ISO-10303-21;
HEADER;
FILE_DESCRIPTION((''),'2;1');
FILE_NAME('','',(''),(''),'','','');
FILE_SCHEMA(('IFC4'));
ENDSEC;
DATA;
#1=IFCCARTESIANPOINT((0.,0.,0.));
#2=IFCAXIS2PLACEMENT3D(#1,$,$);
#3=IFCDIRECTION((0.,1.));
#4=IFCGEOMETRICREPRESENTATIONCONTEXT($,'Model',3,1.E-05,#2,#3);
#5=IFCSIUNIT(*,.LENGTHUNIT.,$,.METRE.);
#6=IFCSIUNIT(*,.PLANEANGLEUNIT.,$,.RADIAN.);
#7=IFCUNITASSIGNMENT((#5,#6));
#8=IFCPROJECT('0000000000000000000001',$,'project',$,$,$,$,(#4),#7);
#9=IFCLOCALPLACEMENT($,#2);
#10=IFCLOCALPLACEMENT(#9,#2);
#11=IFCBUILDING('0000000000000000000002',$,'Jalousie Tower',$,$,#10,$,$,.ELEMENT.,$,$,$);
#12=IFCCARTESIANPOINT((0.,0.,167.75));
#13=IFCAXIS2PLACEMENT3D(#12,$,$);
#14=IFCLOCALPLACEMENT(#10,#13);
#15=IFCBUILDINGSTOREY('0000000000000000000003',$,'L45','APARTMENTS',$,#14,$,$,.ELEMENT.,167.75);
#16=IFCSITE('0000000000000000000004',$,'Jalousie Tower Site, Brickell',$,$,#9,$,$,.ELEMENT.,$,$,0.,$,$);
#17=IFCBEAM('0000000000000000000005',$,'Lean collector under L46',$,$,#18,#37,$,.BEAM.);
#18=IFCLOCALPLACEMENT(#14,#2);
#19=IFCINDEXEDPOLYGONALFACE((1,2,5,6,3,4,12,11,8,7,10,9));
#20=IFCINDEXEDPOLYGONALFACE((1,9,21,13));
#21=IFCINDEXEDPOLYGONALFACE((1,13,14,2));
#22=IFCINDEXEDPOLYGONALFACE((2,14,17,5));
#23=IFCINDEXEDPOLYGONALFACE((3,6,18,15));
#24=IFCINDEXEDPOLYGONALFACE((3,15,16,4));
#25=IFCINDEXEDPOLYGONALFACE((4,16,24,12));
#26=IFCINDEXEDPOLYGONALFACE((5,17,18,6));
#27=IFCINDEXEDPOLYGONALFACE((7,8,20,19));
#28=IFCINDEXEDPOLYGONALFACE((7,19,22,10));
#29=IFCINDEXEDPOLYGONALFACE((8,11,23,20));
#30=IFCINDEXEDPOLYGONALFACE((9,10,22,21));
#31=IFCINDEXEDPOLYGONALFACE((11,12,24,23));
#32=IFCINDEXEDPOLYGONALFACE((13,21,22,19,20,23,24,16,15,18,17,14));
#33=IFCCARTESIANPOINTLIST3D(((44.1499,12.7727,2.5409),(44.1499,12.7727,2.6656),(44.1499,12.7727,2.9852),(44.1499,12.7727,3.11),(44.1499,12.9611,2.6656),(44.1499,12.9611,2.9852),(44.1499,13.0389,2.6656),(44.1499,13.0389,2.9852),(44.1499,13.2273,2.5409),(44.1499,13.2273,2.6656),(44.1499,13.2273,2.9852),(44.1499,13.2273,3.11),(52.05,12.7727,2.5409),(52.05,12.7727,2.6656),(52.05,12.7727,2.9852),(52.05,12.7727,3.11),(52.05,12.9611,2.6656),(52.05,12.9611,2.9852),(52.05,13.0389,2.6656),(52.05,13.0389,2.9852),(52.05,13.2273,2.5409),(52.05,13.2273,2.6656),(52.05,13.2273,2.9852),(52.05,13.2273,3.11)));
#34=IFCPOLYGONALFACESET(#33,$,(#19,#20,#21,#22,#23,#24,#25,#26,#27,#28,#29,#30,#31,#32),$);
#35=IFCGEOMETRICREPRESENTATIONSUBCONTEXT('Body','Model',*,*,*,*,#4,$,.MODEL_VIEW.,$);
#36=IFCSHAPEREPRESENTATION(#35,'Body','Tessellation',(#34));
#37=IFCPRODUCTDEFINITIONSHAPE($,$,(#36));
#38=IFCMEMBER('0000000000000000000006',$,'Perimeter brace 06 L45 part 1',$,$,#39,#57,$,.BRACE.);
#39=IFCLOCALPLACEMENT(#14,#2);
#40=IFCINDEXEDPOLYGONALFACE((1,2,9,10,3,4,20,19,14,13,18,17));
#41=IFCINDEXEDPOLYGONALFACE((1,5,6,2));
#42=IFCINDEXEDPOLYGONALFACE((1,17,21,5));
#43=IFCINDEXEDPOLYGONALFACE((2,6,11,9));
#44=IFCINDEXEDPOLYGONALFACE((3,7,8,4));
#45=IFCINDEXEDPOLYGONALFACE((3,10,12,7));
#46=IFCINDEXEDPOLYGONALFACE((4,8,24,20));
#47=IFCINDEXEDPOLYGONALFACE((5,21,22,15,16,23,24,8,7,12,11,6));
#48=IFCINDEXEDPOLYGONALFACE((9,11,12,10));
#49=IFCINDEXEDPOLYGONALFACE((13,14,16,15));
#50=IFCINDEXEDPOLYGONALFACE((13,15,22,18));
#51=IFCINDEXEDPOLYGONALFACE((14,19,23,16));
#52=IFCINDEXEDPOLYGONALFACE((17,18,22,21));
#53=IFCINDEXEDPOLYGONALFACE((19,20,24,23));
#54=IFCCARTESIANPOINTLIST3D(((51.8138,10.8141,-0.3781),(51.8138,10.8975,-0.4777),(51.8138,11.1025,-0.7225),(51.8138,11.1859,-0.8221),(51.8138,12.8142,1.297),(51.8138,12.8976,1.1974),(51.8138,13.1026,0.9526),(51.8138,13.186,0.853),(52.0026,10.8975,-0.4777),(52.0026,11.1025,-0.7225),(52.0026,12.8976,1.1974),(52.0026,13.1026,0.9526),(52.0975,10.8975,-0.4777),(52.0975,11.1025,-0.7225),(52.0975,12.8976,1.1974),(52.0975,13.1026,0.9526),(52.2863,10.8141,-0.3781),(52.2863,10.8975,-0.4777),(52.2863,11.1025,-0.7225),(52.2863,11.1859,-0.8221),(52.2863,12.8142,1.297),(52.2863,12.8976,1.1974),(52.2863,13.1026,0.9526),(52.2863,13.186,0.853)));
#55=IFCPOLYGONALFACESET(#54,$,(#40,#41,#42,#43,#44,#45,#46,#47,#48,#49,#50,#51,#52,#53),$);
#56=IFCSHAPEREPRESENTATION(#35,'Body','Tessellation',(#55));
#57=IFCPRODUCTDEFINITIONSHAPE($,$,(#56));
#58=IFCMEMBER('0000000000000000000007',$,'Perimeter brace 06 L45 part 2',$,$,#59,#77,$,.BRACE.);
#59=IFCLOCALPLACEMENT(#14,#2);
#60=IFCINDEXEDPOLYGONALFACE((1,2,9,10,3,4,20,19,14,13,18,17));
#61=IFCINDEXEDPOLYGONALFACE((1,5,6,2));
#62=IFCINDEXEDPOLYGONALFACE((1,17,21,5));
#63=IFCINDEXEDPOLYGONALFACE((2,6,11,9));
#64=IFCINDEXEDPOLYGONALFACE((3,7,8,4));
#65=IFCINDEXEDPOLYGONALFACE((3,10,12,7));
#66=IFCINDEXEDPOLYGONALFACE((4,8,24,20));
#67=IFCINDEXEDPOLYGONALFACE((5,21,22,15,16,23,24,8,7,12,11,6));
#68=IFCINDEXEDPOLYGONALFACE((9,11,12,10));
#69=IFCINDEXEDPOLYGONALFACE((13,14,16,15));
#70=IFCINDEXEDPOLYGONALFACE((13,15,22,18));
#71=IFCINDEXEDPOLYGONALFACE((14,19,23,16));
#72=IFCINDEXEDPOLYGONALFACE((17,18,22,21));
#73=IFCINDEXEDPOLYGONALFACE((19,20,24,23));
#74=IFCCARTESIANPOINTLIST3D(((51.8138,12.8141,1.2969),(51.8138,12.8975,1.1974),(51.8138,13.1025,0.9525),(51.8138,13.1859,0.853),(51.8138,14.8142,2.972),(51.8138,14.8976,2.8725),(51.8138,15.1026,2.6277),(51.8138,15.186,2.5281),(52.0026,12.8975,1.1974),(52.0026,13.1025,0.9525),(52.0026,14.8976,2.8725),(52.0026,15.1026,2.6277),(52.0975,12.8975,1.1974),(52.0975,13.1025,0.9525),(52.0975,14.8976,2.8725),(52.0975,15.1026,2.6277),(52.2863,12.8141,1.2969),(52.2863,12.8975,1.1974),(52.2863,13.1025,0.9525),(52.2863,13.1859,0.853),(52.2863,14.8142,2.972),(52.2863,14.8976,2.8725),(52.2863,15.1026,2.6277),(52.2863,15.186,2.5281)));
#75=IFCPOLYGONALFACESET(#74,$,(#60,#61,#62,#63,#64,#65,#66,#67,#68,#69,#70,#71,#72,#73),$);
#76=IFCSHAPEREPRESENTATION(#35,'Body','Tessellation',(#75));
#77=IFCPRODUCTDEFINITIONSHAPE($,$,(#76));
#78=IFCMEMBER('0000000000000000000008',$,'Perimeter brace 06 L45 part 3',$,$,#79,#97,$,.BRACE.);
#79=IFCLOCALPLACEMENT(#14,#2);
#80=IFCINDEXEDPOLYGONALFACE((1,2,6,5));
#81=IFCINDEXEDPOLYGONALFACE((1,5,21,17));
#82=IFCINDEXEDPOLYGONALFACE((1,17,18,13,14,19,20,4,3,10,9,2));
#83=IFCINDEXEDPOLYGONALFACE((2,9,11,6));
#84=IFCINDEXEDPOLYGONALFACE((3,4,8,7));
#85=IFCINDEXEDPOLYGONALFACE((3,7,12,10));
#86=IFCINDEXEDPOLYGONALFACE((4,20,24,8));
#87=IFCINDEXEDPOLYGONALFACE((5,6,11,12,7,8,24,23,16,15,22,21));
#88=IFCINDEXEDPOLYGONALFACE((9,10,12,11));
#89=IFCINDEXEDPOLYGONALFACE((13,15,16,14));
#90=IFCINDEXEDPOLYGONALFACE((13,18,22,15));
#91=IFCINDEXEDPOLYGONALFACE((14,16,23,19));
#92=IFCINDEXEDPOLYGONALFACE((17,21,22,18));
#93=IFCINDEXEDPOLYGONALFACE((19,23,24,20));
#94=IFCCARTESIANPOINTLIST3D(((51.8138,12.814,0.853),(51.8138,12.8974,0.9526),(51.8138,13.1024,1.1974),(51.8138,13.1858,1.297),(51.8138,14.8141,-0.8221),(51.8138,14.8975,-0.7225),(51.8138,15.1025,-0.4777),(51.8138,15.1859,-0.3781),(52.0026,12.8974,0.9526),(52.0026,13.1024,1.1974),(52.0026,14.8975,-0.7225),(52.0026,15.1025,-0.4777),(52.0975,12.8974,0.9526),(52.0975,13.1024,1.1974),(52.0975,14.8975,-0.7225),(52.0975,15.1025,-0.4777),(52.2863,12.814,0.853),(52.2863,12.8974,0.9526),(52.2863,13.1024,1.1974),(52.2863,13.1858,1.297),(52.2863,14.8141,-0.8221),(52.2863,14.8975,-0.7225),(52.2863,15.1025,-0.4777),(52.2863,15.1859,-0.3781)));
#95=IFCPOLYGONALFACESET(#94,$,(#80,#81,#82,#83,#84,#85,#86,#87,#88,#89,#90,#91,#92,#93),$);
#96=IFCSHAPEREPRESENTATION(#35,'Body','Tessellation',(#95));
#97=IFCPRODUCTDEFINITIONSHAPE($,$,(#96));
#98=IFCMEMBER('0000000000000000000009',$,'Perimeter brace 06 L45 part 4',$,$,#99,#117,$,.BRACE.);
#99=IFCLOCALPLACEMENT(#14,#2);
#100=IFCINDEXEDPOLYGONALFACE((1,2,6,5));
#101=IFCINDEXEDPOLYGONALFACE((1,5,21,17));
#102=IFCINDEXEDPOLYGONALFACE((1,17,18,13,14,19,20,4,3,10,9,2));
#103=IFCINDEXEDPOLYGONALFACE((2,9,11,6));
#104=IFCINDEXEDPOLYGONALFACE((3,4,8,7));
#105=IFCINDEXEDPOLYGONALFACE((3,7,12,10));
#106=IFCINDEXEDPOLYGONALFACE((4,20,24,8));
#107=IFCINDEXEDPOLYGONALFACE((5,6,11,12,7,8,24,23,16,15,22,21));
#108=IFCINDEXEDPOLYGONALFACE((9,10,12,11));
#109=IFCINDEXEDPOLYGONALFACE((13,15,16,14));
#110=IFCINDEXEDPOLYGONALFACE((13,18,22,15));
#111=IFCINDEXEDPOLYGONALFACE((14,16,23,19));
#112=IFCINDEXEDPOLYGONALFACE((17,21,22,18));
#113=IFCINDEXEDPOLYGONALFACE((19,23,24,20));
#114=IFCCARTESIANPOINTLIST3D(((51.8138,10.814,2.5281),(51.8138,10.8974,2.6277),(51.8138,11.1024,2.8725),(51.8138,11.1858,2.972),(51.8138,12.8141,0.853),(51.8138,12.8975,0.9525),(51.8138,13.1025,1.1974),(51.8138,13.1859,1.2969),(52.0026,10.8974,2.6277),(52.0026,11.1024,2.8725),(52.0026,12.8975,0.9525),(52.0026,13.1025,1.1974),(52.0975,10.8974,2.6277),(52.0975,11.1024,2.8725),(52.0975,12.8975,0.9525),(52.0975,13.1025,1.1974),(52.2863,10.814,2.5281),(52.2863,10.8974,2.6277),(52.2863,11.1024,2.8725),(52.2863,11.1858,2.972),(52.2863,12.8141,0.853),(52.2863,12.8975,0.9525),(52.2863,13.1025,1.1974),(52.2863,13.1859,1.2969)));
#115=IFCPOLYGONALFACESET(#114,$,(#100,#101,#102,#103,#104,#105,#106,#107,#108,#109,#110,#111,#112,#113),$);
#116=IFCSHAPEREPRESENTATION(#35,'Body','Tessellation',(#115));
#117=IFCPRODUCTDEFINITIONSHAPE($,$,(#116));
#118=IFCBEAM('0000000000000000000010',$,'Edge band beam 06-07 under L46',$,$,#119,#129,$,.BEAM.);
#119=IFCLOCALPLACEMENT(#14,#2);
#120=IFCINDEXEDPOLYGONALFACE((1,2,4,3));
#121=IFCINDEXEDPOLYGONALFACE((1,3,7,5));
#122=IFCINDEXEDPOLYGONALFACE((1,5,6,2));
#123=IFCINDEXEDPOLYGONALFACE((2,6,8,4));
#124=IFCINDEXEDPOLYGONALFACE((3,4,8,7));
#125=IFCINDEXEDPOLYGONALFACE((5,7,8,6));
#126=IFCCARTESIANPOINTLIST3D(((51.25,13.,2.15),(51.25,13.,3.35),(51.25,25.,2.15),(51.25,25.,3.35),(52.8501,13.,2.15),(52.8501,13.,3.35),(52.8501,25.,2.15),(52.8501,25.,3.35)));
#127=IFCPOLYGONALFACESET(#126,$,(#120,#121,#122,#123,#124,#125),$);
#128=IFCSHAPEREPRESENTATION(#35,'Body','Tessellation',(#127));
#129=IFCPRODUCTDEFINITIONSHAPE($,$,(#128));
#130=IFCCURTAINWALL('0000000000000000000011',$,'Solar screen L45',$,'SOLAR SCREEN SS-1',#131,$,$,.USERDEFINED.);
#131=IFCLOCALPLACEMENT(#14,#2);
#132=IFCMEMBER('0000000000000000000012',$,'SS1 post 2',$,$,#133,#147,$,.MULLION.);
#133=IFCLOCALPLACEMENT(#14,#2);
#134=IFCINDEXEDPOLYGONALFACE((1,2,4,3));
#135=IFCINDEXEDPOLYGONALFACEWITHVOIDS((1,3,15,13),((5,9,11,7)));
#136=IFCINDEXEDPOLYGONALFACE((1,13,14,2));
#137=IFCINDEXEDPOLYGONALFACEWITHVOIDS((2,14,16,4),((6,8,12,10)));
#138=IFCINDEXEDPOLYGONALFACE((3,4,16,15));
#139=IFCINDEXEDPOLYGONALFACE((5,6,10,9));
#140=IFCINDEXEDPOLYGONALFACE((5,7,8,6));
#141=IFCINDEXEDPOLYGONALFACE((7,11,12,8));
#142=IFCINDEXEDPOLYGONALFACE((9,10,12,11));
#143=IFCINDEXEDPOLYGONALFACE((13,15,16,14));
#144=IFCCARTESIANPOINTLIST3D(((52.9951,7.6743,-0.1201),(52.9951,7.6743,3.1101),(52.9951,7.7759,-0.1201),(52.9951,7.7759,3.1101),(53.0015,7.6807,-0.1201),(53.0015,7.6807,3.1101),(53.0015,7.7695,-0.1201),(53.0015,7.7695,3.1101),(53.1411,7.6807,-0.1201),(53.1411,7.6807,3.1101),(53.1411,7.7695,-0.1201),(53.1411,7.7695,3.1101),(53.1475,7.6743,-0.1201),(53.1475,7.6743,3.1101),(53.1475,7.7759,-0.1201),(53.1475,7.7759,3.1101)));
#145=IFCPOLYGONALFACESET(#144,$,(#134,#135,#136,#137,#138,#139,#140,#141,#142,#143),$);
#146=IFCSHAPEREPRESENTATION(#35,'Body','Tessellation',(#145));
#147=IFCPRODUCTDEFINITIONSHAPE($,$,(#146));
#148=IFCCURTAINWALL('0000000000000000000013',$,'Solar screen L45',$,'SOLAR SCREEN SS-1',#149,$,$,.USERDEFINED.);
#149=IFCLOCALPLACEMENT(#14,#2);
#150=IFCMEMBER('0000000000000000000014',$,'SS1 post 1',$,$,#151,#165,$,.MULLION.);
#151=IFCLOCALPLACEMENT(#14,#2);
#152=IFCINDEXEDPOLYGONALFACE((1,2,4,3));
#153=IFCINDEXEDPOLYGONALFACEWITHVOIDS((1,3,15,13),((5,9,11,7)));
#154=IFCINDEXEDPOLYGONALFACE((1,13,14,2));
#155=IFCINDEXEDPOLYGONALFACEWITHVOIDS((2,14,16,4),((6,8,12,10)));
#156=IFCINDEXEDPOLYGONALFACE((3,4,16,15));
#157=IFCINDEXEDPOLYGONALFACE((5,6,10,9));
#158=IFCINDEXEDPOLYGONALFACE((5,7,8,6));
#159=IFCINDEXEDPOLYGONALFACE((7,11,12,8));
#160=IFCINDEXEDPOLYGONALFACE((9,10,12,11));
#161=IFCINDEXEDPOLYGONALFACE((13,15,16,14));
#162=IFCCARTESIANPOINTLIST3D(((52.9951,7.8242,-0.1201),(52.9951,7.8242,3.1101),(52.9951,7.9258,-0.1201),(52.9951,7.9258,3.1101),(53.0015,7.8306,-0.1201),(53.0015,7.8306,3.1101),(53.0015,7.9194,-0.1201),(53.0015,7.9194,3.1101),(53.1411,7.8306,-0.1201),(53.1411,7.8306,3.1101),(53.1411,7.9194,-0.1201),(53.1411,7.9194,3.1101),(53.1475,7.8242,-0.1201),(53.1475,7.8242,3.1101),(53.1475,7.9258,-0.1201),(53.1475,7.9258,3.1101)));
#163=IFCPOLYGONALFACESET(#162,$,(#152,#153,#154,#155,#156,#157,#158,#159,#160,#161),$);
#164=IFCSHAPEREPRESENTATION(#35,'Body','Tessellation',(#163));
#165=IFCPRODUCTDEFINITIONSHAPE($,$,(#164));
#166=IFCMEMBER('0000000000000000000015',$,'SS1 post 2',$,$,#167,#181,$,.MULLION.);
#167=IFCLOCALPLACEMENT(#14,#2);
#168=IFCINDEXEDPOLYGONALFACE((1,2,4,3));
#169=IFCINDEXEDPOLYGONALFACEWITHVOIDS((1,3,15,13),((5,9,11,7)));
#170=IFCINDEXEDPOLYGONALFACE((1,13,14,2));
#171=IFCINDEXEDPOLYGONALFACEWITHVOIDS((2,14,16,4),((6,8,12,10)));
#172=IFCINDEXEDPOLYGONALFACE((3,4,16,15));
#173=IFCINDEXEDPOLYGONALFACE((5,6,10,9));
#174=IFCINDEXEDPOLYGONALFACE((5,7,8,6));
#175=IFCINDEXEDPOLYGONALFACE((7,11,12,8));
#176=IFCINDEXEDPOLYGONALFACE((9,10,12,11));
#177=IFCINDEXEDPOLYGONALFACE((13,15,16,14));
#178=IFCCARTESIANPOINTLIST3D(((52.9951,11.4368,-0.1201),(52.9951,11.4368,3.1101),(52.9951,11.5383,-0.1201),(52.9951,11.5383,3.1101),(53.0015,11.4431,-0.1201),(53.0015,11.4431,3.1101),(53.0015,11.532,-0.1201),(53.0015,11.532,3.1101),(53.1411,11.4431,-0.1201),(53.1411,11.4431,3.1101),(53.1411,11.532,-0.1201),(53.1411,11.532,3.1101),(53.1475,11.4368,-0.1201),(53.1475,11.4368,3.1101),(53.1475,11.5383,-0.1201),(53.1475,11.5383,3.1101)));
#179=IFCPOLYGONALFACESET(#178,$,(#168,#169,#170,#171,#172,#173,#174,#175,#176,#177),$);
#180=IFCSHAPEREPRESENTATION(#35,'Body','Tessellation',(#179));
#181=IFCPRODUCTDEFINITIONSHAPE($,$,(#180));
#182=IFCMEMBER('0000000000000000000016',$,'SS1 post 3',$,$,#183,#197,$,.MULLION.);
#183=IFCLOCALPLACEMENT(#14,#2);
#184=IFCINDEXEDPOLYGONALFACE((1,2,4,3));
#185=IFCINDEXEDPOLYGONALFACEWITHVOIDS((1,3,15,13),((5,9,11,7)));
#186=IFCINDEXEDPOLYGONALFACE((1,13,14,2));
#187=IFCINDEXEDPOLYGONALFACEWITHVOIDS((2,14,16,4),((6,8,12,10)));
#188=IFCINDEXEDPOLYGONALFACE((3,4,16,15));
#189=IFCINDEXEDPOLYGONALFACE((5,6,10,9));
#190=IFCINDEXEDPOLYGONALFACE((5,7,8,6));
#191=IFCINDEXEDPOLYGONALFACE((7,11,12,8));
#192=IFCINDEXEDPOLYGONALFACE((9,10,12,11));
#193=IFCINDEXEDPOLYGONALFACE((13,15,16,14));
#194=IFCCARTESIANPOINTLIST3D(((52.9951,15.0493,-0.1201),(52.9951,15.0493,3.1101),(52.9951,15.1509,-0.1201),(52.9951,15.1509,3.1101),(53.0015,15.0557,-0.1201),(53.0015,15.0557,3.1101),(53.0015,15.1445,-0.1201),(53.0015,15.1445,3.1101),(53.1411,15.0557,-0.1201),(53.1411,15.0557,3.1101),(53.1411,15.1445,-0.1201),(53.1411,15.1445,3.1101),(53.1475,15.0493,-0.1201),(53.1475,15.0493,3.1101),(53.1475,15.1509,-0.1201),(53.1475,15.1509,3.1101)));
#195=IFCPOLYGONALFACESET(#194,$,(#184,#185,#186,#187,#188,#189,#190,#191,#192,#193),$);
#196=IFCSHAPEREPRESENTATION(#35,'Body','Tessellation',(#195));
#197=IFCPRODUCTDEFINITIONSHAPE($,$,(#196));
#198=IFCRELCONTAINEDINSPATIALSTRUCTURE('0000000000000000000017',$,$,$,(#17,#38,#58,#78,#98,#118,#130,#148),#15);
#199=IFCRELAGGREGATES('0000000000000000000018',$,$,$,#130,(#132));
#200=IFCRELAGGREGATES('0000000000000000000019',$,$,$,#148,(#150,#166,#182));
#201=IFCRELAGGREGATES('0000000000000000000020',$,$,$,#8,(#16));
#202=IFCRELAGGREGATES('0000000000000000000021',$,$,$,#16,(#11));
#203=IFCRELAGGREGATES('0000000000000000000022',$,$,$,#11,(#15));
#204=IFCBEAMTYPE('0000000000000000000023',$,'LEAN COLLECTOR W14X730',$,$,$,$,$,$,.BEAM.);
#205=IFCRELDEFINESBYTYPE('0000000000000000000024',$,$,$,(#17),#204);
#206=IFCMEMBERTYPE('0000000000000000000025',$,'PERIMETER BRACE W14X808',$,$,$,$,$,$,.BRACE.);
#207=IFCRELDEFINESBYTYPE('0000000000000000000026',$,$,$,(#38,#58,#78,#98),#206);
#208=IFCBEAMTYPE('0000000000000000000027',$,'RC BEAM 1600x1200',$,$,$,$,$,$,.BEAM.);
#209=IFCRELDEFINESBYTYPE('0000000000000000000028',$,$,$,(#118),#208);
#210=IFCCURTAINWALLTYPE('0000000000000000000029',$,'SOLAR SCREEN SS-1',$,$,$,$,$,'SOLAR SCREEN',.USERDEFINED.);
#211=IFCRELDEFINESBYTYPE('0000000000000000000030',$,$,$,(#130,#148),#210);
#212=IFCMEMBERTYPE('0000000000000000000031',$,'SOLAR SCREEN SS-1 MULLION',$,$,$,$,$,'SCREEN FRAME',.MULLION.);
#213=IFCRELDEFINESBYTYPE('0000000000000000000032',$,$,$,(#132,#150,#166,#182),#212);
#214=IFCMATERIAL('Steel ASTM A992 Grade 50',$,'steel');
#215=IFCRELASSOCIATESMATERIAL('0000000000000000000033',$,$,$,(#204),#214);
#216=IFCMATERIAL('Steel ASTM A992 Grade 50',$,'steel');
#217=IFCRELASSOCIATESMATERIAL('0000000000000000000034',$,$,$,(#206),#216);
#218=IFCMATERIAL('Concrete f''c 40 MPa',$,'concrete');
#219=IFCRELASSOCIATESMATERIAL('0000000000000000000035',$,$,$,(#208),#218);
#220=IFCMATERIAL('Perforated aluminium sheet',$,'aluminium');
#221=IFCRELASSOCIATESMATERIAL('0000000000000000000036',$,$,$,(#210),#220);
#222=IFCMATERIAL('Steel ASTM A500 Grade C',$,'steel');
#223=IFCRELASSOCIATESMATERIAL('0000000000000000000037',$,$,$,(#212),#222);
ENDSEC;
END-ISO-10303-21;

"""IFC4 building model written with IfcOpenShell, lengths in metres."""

from ifc_helpers import new_model, si_unit, direction, frame, origin, origin_2d, place, context, subcontext, project, spatial, rectangle, hollow_rectangle, i_section, extrude, material, material_profile, profile_set, type_object, element, aggregate, save


model = new_model("IFC4")

# Units and contexts
model_context = context("Model", 3, precision=1e-05, world=origin(), true_north=direction((0.0, 1.0)))
body_context = subcontext(model_context, "Body", "Model", "MODEL_VIEW")
ifc_project = project(units=[si_unit("LENGTHUNIT", "METRE"), si_unit("PLANEANGLEUNIT", "RADIAN")], contexts=[model_context])

# Site, building, storey
site_placement = place(None, origin())
site = spatial("IfcSite", under=ifc_project, at=site_placement, Name="Jalousie Tower Site, Brickell", CompositionType="ELEMENT", RefElevation=0.0)
building_placement = place(site_placement, origin())
building = spatial("IfcBuilding", under=site, at=building_placement, Name="Jalousie Tower", CompositionType="ELEMENT")
storey_placement = place(building_placement, frame((0.0, 0.0, 167.75)))
storey = spatial("IfcBuildingStorey", under=building, at=storey_placement, Name="L45", Description="APARTMENTS", CompositionType="ELEMENT", Elevation=167.75)

# Beam
ifc_material_1 = material(Name="Steel ASTM A992 Grade 50", Category="steel")
ifc_material_profile_1 = material_profile(ifc_material_1, i_section(OverallWidth=0.4546, OverallDepth=0.5691, WebThickness=0.0779, FlangeThickness=0.1248, at=origin_2d()), Name="W14X730")
ifc_profile_set_1 = profile_set([ifc_material_profile_1], Name="Steel ASTM A992 Grade 50")
beam_type_1 = type_object("IfcBeamType", Name="LEAN COLLECTOR W14X730", PredefinedType="BEAM", material=ifc_profile_set_1)
beam_1_placement = place(storey_placement, frame((52.05, 13.0, 2.8254), z_axis=(-1.0, 0.0, 0.0), x_axis=(0.0, -1.0, 0.0)))
element("IfcBeam", 1, at=beam_1_placement, inside=storey, type_object=beam_type_1, Name="Lean collector under L46", PredefinedType="BEAM", context=body_context, shape_type="SweptSolid", body=[
    extrude(i_section(OverallWidth=0.4546, OverallDepth=0.5691, WebThickness=0.0779, FlangeThickness=0.1248, at=origin_2d()), origin(), (0.0, 0.0, 1.0), 7.9001),
])

# Members
ifc_material_2 = material(Name="Steel ASTM A992 Grade 50", Category="steel")
ifc_material_profile_2 = material_profile(ifc_material_2, i_section(OverallWidth=0.4724, OverallDepth=0.5791, WebThickness=0.095, FlangeThickness=0.1299, at=origin_2d()), Name="W14X808")
ifc_profile_set_2 = profile_set([ifc_material_profile_2], Name="Steel ASTM A992 Grade 50")
member_type_1 = type_object("IfcMemberType", Name="PERIMETER BRACE W14X808", PredefinedType="BRACE", material=ifc_profile_set_2)
for number, where, z_axis, x_axis, name in (
    (2, (52.05, 11.0, -0.6001), (0.0, 0.766639, 0.642079), (-1.0, 0.0, 0.0), "Perimeter brace 06 L45 part 1"),
    (3, (52.05, 13.0, 1.075), (0.0, 0.766639, 0.642079), (-1.0, 0.0, 0.0), "Perimeter brace 06 L45 part 2"),
    (4, (52.05, 15.0, -0.6001), (0.0, -0.766639, 0.642079), (1.0, 0.0, 0.0), "Perimeter brace 06 L45 part 3"),
    (5, (52.05, 13.0, 1.075), (0.0, -0.766639, 0.642079), (1.0, 0.0, 0.0), "Perimeter brace 06 L45 part 4"),
):
    element("IfcMember", number, at=place(storey_placement, frame(where, z_axis=z_axis, x_axis=x_axis)), inside=storey, type_object=member_type_1, Name=name, PredefinedType="BRACE", context=body_context, shape_type="SweptSolid", body=[
        extrude(i_section(OverallWidth=0.4724, OverallDepth=0.5791, WebThickness=0.095, FlangeThickness=0.1299, at=origin_2d()), origin(), (0.0, 0.0, 1.0), 2.6089),
    ])

# Beam
ifc_material_3 = material(Name="Concrete f'c 40 MPa", Category="concrete")
ifc_material_profile_3 = material_profile(ifc_material_3, rectangle(XDim=1.6001, YDim=1.2, at=origin_2d()), Name="RC 1600x1200")
ifc_profile_set_3 = profile_set([ifc_material_profile_3], Name="Concrete f'c 40 MPa")
beam_type_2 = type_object("IfcBeamType", Name="RC BEAM 1600x1200", PredefinedType="BEAM", material=ifc_profile_set_3)
beam_2_placement = place(storey_placement, frame((52.05, 13.0, 2.75), z_axis=(0.0, 1.0, 0.0), x_axis=(-1.0, 0.0, 0.0)))
element("IfcBeam", 6, at=beam_2_placement, inside=storey, type_object=beam_type_2, Name="Edge band beam 06-07 under L46", PredefinedType="BEAM", context=body_context, shape_type="SweptSolid", body=[
    extrude(rectangle(XDim=1.6001, YDim=1.2, at=origin_2d()), origin(), (0.0, 0.0, 1.0), 12.0),
])

# Curtain wall, member
ifc_material_4 = material(Name="Perforated aluminium sheet", Category="aluminium")
curtain_wall_type = type_object("IfcCurtainWallType", Name="SOLAR SCREEN SS-1", ElementType="SOLAR SCREEN", PredefinedType="USERDEFINED", material=ifc_material_4)
curtain_wall_1_placement = place(storey_placement, origin())
curtain_wall_1 = element("IfcCurtainWall", 7, at=curtain_wall_1_placement, inside=storey, type_object=curtain_wall_type, Name="Solar screen L45", ObjectType="SOLAR SCREEN SS-1", PredefinedType="USERDEFINED")
ifc_material_5 = material(Name="Steel ASTM A500 Grade C", Category="steel")
ifc_material_profile_4 = material_profile(ifc_material_5, hollow_rectangle(XDim=0.1016, YDim=0.1523, WallThickness=0.0063, at=origin_2d()), Name="HSS6X4X1/4")
ifc_profile_set_4 = profile_set([ifc_material_profile_4], Name="Steel ASTM A500 Grade C")
member_type_2 = type_object("IfcMemberType", Name="SOLAR SCREEN SS-1 MULLION", ElementType="SCREEN FRAME", PredefinedType="MULLION", material=ifc_profile_set_4)
member_1_placement = place(storey_placement, frame((53.0713, 7.7251, -0.1201), z_axis=(0.0, 0.0, 1.0), x_axis=(0.0, 1.0, 0.0)))
member_1 = element("IfcMember", 8, at=member_1_placement, type_object=member_type_2, Name="SS1 post 2", PredefinedType="MULLION", context=body_context, shape_type="SweptSolid", body=[
    extrude(hollow_rectangle(XDim=0.1016, YDim=0.1523, WallThickness=0.0063, at=origin_2d()), origin(), (0.0, 0.0, 1.0), 3.2302),
])

# Curtain wall, members
curtain_wall_2_placement = place(storey_placement, origin())
curtain_wall_2 = element("IfcCurtainWall", 9, at=curtain_wall_2_placement, inside=storey, type_object=curtain_wall_type, Name="Solar screen L45", ObjectType="SOLAR SCREEN SS-1", PredefinedType="USERDEFINED")
member_2_placement = place(storey_placement, frame((53.0713, 7.875, -0.1201), z_axis=(0.0, 0.0, 1.0), x_axis=(0.0, 1.0, 0.0)))
member_2 = element("IfcMember", 10, at=member_2_placement, type_object=member_type_2, Name="SS1 post 1", PredefinedType="MULLION", context=body_context, shape_type="SweptSolid", body=[
    extrude(hollow_rectangle(XDim=0.1016, YDim=0.1523, WallThickness=0.0063, at=origin_2d()), origin(), (0.0, 0.0, 1.0), 3.2302),
])
member_3_placement = place(storey_placement, frame((53.0713, 11.4875, -0.1201), z_axis=(0.0, 0.0, 1.0), x_axis=(0.0, 1.0, 0.0)))
member_3 = element("IfcMember", 11, at=member_3_placement, type_object=member_type_2, Name="SS1 post 2", PredefinedType="MULLION", context=body_context, shape_type="SweptSolid", body=[
    extrude(hollow_rectangle(XDim=0.1016, YDim=0.1523, WallThickness=0.0063, at=origin_2d()), origin(), (0.0, 0.0, 1.0), 3.2302),
])
member_4_placement = place(storey_placement, frame((53.0713, 15.1001, -0.1201), z_axis=(0.0, 0.0, 1.0), x_axis=(0.0, 1.0, 0.0)))
member_4 = element("IfcMember", 12, at=member_4_placement, type_object=member_type_2, Name="SS1 post 3", PredefinedType="MULLION", context=body_context, shape_type="SweptSolid", body=[
    extrude(hollow_rectangle(XDim=0.1016, YDim=0.1523, WallThickness=0.0063, at=origin_2d()), origin(), (0.0, 0.0, 1.0), 3.2302),
])

aggregate(curtain_wall_1, [member_1])
aggregate(curtain_wall_2, [member_2, member_3, member_4])

save(model, "model.ifc")
